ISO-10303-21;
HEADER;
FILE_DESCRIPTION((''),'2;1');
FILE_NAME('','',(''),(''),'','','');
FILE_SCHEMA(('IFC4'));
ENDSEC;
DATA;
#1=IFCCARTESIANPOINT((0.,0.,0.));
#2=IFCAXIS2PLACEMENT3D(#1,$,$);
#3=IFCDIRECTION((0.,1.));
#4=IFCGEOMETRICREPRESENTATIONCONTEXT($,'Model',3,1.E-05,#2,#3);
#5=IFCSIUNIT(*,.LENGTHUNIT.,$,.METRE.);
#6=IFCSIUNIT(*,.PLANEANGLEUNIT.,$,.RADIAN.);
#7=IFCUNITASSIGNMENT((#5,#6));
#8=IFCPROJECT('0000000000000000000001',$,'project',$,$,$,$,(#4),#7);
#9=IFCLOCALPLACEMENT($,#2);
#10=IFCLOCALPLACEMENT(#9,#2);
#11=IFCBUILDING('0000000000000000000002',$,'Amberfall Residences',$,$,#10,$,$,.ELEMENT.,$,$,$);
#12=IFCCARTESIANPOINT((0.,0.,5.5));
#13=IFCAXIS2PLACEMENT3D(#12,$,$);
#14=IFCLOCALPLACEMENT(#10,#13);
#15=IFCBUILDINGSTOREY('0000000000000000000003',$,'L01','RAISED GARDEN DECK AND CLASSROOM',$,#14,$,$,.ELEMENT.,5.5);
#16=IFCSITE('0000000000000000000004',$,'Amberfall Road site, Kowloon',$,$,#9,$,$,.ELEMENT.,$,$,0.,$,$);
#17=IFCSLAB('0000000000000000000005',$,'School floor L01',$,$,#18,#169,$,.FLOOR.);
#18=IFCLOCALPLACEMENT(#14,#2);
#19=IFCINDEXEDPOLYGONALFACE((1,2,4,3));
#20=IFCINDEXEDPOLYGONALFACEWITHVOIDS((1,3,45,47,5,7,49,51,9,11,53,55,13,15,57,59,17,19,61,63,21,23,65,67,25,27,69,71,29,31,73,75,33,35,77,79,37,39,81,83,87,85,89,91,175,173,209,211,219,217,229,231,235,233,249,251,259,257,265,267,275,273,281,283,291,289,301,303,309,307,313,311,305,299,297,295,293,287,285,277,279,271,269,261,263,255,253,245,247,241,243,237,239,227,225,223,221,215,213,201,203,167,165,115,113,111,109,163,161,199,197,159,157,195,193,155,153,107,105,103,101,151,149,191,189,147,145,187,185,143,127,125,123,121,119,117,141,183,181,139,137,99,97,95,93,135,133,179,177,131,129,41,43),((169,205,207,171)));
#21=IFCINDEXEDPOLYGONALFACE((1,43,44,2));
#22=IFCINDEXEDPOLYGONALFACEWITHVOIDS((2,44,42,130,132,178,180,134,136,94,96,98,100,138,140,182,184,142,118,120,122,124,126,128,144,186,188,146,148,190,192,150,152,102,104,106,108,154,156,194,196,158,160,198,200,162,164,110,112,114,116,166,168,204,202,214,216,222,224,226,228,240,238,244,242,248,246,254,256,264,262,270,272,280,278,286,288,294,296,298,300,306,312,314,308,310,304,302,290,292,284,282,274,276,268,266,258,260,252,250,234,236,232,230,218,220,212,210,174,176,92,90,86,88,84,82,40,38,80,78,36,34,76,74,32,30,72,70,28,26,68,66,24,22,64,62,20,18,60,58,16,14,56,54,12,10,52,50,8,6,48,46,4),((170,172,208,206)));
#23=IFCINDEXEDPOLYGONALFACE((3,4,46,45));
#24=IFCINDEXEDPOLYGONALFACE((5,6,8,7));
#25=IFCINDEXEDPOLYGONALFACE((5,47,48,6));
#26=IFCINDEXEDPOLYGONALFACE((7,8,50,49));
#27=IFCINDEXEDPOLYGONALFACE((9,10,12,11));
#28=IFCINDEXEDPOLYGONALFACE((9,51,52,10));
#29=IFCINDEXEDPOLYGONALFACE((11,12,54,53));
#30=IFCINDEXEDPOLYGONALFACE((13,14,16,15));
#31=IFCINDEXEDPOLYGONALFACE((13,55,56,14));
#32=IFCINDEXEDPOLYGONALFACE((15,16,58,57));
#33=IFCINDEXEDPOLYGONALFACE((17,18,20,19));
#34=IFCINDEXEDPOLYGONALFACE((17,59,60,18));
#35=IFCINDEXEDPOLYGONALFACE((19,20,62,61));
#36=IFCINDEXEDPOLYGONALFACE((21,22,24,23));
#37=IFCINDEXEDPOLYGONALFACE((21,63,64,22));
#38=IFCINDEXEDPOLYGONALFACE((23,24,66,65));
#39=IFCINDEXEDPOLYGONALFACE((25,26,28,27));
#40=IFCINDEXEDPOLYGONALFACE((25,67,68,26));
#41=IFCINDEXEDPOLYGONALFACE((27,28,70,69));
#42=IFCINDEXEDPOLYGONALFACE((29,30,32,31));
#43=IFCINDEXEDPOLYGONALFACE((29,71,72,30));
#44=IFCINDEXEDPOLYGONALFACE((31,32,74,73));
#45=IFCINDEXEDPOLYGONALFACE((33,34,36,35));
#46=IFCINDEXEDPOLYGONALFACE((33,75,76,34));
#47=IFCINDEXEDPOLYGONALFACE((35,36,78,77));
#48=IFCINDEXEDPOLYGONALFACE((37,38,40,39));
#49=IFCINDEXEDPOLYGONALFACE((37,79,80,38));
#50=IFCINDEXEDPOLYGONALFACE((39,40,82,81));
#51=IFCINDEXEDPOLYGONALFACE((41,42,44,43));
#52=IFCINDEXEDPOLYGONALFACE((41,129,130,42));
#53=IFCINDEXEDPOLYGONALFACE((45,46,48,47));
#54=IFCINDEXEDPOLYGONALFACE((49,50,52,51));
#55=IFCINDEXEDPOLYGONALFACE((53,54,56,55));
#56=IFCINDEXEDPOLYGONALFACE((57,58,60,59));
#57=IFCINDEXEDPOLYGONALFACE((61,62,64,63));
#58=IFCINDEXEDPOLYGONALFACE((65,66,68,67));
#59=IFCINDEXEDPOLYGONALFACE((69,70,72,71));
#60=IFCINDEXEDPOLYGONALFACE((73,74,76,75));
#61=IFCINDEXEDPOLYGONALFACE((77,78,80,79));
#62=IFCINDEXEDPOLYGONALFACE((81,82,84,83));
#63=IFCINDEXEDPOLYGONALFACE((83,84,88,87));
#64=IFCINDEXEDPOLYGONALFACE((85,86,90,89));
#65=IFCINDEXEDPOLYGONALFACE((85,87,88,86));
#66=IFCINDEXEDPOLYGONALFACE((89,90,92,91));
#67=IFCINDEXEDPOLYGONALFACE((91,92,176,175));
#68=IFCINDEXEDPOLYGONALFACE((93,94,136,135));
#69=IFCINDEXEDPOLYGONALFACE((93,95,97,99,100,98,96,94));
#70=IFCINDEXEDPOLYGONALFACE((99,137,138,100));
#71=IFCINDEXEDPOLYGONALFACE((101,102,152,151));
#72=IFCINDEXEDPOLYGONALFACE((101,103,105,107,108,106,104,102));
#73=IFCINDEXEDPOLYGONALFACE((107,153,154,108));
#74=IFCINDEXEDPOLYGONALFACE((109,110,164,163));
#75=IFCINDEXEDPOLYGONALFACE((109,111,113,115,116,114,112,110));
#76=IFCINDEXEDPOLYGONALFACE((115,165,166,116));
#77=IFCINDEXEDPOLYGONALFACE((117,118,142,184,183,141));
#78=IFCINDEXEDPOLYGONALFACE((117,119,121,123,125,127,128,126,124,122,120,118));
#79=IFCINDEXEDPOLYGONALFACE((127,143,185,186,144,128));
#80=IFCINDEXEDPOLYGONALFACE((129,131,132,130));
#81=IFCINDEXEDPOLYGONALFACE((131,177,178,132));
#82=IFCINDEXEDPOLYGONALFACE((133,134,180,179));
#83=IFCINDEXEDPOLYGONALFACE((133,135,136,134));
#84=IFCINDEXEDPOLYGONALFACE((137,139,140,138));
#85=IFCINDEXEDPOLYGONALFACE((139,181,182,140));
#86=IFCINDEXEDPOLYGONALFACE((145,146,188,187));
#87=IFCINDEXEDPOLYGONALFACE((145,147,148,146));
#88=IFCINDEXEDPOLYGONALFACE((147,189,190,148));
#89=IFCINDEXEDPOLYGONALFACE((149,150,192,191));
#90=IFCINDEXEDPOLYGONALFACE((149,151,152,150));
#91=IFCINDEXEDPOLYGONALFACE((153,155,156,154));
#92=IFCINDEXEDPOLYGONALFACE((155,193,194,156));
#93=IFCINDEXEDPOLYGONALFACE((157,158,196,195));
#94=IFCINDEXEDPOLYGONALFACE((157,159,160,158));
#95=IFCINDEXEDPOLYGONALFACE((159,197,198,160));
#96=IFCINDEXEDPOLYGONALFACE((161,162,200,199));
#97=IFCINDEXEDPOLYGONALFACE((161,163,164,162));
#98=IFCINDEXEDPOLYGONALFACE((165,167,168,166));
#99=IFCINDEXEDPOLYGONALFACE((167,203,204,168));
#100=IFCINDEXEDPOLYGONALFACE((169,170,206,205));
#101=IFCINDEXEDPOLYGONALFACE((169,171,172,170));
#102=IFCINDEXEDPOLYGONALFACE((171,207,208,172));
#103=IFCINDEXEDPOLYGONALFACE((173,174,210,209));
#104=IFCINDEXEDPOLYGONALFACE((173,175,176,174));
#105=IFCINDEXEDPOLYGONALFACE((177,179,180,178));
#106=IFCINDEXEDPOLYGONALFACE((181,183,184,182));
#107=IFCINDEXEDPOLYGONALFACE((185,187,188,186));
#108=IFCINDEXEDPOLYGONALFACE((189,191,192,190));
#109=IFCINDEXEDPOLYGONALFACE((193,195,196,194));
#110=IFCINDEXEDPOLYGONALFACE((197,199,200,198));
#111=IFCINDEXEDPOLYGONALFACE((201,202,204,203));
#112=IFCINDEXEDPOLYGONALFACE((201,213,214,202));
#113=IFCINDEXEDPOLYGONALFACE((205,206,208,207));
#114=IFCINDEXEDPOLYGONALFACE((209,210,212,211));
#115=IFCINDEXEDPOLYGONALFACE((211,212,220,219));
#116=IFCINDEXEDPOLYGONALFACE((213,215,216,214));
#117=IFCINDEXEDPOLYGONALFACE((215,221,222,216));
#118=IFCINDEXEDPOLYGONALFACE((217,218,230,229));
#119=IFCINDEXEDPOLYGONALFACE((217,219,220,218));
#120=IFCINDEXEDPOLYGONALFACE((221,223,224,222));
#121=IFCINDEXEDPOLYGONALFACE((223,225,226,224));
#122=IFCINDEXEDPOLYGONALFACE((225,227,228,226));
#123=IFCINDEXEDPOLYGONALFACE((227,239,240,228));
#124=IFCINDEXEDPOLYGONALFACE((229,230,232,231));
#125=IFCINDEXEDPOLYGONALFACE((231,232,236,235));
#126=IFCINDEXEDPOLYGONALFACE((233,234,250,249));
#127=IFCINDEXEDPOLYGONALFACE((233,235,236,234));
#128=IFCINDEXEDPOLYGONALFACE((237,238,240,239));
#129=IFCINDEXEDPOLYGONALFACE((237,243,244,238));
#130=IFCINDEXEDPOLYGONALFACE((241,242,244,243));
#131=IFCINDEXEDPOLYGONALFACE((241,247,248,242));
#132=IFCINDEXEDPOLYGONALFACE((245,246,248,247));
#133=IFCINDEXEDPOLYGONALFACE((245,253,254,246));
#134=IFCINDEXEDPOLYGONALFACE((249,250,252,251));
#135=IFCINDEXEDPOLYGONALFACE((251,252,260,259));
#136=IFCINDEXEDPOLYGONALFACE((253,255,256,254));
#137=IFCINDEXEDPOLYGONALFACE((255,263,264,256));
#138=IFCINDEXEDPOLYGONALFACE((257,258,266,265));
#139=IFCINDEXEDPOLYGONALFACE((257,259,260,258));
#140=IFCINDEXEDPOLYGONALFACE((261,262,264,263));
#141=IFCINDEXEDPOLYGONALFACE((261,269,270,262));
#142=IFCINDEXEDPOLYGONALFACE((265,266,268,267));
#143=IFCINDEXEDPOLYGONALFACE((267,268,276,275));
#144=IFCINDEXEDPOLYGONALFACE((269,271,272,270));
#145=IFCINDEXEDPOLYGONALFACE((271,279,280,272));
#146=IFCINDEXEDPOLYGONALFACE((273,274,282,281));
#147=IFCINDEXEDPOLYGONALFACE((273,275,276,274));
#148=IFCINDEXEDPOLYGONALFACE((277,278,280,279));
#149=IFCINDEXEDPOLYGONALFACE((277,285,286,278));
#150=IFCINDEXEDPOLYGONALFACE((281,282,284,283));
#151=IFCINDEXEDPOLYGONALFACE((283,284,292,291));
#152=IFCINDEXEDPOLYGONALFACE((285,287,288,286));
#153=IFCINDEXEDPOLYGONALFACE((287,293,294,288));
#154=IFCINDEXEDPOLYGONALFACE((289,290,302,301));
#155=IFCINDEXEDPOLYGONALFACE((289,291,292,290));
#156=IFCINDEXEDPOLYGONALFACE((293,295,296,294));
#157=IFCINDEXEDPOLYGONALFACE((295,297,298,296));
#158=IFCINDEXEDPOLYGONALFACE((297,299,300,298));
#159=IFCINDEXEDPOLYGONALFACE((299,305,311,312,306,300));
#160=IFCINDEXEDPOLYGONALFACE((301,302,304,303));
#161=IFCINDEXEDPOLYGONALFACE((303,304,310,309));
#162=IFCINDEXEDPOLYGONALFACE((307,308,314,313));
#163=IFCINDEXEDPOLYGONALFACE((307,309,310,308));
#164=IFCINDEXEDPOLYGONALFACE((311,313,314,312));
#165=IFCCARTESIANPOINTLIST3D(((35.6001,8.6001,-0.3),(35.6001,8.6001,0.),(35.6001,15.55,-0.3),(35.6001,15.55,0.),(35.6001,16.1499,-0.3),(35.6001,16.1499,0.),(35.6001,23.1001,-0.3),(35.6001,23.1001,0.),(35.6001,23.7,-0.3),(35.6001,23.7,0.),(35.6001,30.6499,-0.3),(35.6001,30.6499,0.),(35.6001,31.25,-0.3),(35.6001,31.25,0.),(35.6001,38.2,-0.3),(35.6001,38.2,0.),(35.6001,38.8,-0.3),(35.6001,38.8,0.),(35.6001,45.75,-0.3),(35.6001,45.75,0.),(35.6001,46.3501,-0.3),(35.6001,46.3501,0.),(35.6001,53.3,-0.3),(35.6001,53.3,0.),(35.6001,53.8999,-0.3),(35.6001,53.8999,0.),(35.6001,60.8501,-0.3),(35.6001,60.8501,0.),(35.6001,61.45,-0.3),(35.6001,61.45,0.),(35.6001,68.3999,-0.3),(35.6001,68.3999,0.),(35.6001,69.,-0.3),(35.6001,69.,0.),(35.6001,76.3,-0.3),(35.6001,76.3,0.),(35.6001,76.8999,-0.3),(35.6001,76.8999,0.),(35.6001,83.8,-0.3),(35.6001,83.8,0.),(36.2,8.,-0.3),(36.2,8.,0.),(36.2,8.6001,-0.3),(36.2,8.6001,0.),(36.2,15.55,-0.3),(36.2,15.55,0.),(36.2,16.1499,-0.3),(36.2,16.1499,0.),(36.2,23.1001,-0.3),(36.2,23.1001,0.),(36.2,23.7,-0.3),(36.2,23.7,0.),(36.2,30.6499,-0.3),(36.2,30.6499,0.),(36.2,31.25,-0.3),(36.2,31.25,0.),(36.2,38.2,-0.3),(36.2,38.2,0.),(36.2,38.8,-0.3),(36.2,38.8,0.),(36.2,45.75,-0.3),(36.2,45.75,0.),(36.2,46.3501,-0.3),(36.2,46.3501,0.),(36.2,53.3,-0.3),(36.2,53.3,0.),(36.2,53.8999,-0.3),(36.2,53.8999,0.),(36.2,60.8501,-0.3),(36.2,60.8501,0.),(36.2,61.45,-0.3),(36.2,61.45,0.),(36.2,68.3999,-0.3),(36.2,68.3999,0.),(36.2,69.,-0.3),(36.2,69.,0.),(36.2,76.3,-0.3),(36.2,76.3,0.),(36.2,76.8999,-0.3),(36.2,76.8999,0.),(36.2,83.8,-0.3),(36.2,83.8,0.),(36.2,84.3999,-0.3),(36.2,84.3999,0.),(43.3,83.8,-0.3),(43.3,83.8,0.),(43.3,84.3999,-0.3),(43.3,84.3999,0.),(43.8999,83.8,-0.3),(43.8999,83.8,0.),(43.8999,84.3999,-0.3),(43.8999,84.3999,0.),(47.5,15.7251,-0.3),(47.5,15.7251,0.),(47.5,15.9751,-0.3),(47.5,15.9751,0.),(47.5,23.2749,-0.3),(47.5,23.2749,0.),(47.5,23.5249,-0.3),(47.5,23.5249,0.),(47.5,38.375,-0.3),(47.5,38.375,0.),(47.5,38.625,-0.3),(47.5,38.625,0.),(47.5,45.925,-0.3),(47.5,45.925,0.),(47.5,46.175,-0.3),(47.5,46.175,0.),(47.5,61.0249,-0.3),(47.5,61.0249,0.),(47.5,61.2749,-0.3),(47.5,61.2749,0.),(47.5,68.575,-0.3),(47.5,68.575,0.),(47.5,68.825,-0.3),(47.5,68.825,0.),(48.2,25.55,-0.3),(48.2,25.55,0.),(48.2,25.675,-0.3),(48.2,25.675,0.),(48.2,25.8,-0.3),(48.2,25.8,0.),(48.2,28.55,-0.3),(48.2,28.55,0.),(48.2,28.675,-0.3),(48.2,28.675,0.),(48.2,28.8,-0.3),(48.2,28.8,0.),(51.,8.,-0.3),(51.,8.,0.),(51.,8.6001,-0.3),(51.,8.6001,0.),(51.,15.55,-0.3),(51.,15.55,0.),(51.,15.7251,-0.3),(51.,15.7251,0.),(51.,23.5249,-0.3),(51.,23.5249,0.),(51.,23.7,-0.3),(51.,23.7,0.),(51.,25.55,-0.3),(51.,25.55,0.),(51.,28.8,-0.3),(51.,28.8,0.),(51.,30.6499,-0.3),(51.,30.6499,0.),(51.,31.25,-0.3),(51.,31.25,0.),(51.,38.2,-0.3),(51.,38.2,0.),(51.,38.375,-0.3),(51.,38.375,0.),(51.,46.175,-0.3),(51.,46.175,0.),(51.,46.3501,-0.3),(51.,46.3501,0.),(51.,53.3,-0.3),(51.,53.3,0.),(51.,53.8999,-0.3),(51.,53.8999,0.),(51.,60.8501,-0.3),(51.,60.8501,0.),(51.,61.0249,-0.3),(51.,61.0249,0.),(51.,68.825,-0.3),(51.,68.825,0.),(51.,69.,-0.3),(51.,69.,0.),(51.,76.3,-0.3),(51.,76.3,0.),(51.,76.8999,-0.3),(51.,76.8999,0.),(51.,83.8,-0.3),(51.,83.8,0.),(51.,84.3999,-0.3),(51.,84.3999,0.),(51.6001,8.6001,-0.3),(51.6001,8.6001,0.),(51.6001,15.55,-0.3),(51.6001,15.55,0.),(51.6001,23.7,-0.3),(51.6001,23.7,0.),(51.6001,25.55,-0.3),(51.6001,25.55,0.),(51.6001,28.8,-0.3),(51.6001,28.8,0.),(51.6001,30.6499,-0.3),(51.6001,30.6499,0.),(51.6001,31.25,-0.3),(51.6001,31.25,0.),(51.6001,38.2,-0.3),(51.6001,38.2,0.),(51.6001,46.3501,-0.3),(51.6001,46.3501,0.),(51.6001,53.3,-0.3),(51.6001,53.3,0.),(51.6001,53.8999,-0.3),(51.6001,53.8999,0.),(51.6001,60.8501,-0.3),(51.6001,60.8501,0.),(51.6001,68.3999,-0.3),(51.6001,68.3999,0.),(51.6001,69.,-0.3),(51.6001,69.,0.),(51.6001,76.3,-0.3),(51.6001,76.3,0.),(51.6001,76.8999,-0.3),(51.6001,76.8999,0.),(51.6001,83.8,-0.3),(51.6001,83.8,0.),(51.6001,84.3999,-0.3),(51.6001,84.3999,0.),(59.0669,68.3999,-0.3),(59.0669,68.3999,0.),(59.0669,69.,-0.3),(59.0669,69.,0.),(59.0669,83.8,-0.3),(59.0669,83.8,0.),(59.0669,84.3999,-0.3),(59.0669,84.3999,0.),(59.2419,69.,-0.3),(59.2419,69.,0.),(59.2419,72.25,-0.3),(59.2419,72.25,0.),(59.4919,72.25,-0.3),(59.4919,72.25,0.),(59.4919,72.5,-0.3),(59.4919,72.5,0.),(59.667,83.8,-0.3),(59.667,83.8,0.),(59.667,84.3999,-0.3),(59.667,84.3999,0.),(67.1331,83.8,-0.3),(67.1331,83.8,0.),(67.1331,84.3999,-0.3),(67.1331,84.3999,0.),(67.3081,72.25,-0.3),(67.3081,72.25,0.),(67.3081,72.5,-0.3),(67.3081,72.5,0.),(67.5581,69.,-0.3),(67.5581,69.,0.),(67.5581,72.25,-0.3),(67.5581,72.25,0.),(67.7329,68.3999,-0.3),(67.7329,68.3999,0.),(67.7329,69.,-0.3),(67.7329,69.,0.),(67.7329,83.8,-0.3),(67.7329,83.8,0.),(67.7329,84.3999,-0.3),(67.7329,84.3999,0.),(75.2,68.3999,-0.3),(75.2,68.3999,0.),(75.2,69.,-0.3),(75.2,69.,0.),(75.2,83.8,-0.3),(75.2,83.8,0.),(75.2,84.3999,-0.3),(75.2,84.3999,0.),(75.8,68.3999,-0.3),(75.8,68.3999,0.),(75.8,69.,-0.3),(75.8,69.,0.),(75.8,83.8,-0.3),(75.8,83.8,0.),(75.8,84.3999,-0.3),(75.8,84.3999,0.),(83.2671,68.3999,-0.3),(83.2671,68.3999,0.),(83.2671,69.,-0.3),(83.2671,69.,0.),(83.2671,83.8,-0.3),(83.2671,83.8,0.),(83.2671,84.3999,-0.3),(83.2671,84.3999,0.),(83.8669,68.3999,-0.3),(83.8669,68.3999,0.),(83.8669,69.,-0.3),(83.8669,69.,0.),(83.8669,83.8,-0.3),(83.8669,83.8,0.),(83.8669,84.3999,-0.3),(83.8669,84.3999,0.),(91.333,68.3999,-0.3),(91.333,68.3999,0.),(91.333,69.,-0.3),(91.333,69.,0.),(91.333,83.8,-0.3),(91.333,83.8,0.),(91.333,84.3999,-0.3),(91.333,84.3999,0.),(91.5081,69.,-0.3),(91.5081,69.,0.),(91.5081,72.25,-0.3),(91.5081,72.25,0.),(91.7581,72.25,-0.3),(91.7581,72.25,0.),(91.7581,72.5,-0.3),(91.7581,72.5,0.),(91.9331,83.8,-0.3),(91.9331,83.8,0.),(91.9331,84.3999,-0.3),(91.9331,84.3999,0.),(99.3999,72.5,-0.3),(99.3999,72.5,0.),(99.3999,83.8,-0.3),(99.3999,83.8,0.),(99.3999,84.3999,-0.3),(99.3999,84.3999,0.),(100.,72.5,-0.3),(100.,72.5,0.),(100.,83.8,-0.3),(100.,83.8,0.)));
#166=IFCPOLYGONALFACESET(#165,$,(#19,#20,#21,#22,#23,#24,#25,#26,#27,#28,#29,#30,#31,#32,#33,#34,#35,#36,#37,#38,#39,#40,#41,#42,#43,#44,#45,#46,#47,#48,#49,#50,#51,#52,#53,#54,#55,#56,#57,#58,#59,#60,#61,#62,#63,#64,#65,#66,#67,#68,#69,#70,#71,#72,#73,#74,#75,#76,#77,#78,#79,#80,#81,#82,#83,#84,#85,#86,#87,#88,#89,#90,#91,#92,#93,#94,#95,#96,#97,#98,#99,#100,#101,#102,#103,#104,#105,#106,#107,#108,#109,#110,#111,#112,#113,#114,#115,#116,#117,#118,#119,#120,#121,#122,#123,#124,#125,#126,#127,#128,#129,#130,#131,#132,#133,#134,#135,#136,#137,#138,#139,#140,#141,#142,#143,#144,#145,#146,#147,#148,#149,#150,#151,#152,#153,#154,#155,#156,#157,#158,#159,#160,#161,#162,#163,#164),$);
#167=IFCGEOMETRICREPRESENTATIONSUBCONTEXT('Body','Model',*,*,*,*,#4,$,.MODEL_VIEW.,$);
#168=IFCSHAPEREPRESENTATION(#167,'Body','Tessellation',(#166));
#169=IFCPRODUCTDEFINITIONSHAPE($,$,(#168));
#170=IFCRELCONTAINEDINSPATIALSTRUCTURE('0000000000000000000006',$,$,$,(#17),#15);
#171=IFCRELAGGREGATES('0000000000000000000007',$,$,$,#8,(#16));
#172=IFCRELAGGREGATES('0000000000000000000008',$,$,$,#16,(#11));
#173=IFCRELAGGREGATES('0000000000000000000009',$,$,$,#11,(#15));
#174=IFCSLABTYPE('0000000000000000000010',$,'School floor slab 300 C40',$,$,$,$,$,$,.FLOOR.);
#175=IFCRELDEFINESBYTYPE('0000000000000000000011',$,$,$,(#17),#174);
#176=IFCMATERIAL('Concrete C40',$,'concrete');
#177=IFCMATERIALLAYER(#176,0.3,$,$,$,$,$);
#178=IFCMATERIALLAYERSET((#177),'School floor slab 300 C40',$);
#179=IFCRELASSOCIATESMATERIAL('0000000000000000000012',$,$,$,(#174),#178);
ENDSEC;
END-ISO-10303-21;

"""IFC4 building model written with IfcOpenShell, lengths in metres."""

from ifc_helpers import new_model, si_unit, direction, frame, origin, place, context, subcontext, project, spatial, polyline, outline, extrude, material, layer, layer_set, type_object, element, save


model = new_model("IFC4")

# Units and contexts
model_context = context("Model", 3, precision=1e-05, world=origin(), true_north=direction((0.0, 1.0)))
body_context = subcontext(model_context, "Body", "Model", "MODEL_VIEW")
ifc_project = project(units=[si_unit("LENGTHUNIT", "METRE"), si_unit("PLANEANGLEUNIT", "RADIAN")], contexts=[model_context])

# Site, building, storey
site_placement = place(None, origin())
site = spatial("IfcSite", under=ifc_project, at=site_placement, Name="Amberfall Road site, Kowloon", CompositionType="ELEMENT", RefElevation=0.0)
building_placement = place(site_placement, origin())
building = spatial("IfcBuilding", under=site, at=building_placement, Name="Amberfall Residences", CompositionType="ELEMENT")
storey_placement = place(building_placement, frame((0.0, 0.0, 5.5)))
storey = spatial("IfcBuildingStorey", under=building, at=storey_placement, Name="L01", Description="RAISED GARDEN DECK AND CLASSROOM", CompositionType="ELEMENT", Elevation=5.5)

# Slab
ifc_material_1 = material(Name="Concrete C40", Category="concrete")
ifc_layer_1 = layer(ifc_material_1, 0.3)
ifc_layer_set_1 = layer_set([ifc_layer_1], Name="School floor slab 300 C40")
slab_type_1 = type_object("IfcSlabType", Name="School floor slab 300 C40", PredefinedType="FLOOR", material=ifc_layer_set_1)
slab_1_placement = place(storey_placement, frame((0.0, 0.0, -0.3)))
element("IfcSlab", 1, at=slab_1_placement, inside=storey, type_object=slab_type_1, Name="School floor L01", PredefinedType="FLOOR", context=body_context, shape_type="SweptSolid", body=[
    extrude(outline(polyline([(36.2, 8.6001), (36.2, 8.0), (51.0, 8.0), (51.0, 8.6001), (51.6001, 8.6001), (51.6001, 15.55), (51.0, 15.55), (51.0, 15.7251), (47.5, 15.7251), (47.5, 15.9751), (47.5, 23.2749), (47.5, 23.5249), (51.0, 23.5249), (51.0, 23.7), (51.6001, 23.7), (51.6001, 25.55), (51.0, 25.55), (48.2, 25.55), (48.2, 25.675), (48.2, 25.8), (48.2, 28.55), (48.2, 28.675), (48.2, 28.8), (51.0, 28.8), (51.6001, 28.8), (51.6001, 30.6499), (51.0, 30.6499), (51.0, 31.25), (51.6001, 31.25), (51.6001, 38.2), (51.0, 38.2), (51.0, 38.375), (47.5, 38.375), (47.5, 38.625), (47.5, 45.925), (47.5, 46.175), (51.0, 46.175), (51.0, 46.3501), (51.6001, 46.3501), (51.6001, 53.3), (51.0, 53.3), (51.0, 53.8999), (51.6001, 53.8999), (51.6001, 60.8501), (51.0, 60.8501), (51.0, 61.0249), (47.5, 61.0249), (47.5, 61.2749), (47.5, 68.575), (47.5, 68.825), (51.0, 68.825), (51.0, 69.0), (51.6001, 69.0), (51.6001, 68.3999), (59.0669, 68.3999), (59.0669, 69.0), (59.2419, 69.0), (59.2419, 72.25), (59.4919, 72.25), (59.4919, 72.5), (67.3081, 72.5), (67.3081, 72.25), (67.5581, 72.25), (67.5581, 69.0), (67.7329, 69.0), (67.7329, 68.3999), (75.2, 68.3999), (75.2, 69.0), (75.8, 69.0), (75.8, 68.3999), (83.2671, 68.3999), (83.2671, 69.0), (83.8669, 69.0), (83.8669, 68.3999), (91.333, 68.3999), (91.333, 69.0), (91.5081, 69.0), (91.5081, 72.25), (91.7581, 72.25), (91.7581, 72.5), (99.3999, 72.5), (100.0, 72.5), (100.0, 83.8), (99.3999, 83.8), (99.3999, 84.3999), (91.9331, 84.3999), (91.9331, 83.8), (91.333, 83.8), (91.333, 84.3999), (83.8669, 84.3999), (83.8669, 83.8), (83.2671, 83.8), (83.2671, 84.3999), (75.8, 84.3999), (75.8, 83.8), (75.2, 83.8), (75.2, 84.3999), (67.7329, 84.3999), (67.7329, 83.8), (67.1331, 83.8), (67.1331, 84.3999), (59.667, 84.3999), (59.667, 83.8), (59.0669, 83.8), (59.0669, 84.3999), (51.6001, 84.3999), (51.6001, 83.8), (51.0, 83.8), (51.0, 84.3999), (43.8999, 84.3999), (43.8999, 83.8), (43.3, 83.8), (43.3, 84.3999), (36.2, 84.3999), (36.2, 83.8), (35.6001, 83.8), (35.6001, 76.8999), (36.2, 76.8999), (36.2, 76.3), (35.6001, 76.3), (35.6001, 69.0), (36.2, 69.0), (36.2, 68.3999), (35.6001, 68.3999), (35.6001, 61.45), (36.2, 61.45), (36.2, 60.8501), (35.6001, 60.8501), (35.6001, 53.8999), (36.2, 53.8999), (36.2, 53.3), (35.6001, 53.3), (35.6001, 46.3501), (36.2, 46.3501), (36.2, 45.75), (35.6001, 45.75), (35.6001, 38.8), (36.2, 38.8), (36.2, 38.2), (35.6001, 38.2), (35.6001, 31.25), (36.2, 31.25), (36.2, 30.6499), (35.6001, 30.6499), (35.6001, 23.7), (36.2, 23.7), (36.2, 23.1001), (35.6001, 23.1001), (35.6001, 16.1499), (36.2, 16.1499), (36.2, 15.55), (35.6001, 15.55), (35.6001, 8.6001), (36.2, 8.6001)]), holes=[polyline([(51.0, 76.3), (51.0, 76.8999), (51.6001, 76.8999), (51.6001, 76.3), (51.0, 76.3)])]), origin(), (0.0, 0.0, 1.0), 0.3),
])

save(model, "model.ifc")
